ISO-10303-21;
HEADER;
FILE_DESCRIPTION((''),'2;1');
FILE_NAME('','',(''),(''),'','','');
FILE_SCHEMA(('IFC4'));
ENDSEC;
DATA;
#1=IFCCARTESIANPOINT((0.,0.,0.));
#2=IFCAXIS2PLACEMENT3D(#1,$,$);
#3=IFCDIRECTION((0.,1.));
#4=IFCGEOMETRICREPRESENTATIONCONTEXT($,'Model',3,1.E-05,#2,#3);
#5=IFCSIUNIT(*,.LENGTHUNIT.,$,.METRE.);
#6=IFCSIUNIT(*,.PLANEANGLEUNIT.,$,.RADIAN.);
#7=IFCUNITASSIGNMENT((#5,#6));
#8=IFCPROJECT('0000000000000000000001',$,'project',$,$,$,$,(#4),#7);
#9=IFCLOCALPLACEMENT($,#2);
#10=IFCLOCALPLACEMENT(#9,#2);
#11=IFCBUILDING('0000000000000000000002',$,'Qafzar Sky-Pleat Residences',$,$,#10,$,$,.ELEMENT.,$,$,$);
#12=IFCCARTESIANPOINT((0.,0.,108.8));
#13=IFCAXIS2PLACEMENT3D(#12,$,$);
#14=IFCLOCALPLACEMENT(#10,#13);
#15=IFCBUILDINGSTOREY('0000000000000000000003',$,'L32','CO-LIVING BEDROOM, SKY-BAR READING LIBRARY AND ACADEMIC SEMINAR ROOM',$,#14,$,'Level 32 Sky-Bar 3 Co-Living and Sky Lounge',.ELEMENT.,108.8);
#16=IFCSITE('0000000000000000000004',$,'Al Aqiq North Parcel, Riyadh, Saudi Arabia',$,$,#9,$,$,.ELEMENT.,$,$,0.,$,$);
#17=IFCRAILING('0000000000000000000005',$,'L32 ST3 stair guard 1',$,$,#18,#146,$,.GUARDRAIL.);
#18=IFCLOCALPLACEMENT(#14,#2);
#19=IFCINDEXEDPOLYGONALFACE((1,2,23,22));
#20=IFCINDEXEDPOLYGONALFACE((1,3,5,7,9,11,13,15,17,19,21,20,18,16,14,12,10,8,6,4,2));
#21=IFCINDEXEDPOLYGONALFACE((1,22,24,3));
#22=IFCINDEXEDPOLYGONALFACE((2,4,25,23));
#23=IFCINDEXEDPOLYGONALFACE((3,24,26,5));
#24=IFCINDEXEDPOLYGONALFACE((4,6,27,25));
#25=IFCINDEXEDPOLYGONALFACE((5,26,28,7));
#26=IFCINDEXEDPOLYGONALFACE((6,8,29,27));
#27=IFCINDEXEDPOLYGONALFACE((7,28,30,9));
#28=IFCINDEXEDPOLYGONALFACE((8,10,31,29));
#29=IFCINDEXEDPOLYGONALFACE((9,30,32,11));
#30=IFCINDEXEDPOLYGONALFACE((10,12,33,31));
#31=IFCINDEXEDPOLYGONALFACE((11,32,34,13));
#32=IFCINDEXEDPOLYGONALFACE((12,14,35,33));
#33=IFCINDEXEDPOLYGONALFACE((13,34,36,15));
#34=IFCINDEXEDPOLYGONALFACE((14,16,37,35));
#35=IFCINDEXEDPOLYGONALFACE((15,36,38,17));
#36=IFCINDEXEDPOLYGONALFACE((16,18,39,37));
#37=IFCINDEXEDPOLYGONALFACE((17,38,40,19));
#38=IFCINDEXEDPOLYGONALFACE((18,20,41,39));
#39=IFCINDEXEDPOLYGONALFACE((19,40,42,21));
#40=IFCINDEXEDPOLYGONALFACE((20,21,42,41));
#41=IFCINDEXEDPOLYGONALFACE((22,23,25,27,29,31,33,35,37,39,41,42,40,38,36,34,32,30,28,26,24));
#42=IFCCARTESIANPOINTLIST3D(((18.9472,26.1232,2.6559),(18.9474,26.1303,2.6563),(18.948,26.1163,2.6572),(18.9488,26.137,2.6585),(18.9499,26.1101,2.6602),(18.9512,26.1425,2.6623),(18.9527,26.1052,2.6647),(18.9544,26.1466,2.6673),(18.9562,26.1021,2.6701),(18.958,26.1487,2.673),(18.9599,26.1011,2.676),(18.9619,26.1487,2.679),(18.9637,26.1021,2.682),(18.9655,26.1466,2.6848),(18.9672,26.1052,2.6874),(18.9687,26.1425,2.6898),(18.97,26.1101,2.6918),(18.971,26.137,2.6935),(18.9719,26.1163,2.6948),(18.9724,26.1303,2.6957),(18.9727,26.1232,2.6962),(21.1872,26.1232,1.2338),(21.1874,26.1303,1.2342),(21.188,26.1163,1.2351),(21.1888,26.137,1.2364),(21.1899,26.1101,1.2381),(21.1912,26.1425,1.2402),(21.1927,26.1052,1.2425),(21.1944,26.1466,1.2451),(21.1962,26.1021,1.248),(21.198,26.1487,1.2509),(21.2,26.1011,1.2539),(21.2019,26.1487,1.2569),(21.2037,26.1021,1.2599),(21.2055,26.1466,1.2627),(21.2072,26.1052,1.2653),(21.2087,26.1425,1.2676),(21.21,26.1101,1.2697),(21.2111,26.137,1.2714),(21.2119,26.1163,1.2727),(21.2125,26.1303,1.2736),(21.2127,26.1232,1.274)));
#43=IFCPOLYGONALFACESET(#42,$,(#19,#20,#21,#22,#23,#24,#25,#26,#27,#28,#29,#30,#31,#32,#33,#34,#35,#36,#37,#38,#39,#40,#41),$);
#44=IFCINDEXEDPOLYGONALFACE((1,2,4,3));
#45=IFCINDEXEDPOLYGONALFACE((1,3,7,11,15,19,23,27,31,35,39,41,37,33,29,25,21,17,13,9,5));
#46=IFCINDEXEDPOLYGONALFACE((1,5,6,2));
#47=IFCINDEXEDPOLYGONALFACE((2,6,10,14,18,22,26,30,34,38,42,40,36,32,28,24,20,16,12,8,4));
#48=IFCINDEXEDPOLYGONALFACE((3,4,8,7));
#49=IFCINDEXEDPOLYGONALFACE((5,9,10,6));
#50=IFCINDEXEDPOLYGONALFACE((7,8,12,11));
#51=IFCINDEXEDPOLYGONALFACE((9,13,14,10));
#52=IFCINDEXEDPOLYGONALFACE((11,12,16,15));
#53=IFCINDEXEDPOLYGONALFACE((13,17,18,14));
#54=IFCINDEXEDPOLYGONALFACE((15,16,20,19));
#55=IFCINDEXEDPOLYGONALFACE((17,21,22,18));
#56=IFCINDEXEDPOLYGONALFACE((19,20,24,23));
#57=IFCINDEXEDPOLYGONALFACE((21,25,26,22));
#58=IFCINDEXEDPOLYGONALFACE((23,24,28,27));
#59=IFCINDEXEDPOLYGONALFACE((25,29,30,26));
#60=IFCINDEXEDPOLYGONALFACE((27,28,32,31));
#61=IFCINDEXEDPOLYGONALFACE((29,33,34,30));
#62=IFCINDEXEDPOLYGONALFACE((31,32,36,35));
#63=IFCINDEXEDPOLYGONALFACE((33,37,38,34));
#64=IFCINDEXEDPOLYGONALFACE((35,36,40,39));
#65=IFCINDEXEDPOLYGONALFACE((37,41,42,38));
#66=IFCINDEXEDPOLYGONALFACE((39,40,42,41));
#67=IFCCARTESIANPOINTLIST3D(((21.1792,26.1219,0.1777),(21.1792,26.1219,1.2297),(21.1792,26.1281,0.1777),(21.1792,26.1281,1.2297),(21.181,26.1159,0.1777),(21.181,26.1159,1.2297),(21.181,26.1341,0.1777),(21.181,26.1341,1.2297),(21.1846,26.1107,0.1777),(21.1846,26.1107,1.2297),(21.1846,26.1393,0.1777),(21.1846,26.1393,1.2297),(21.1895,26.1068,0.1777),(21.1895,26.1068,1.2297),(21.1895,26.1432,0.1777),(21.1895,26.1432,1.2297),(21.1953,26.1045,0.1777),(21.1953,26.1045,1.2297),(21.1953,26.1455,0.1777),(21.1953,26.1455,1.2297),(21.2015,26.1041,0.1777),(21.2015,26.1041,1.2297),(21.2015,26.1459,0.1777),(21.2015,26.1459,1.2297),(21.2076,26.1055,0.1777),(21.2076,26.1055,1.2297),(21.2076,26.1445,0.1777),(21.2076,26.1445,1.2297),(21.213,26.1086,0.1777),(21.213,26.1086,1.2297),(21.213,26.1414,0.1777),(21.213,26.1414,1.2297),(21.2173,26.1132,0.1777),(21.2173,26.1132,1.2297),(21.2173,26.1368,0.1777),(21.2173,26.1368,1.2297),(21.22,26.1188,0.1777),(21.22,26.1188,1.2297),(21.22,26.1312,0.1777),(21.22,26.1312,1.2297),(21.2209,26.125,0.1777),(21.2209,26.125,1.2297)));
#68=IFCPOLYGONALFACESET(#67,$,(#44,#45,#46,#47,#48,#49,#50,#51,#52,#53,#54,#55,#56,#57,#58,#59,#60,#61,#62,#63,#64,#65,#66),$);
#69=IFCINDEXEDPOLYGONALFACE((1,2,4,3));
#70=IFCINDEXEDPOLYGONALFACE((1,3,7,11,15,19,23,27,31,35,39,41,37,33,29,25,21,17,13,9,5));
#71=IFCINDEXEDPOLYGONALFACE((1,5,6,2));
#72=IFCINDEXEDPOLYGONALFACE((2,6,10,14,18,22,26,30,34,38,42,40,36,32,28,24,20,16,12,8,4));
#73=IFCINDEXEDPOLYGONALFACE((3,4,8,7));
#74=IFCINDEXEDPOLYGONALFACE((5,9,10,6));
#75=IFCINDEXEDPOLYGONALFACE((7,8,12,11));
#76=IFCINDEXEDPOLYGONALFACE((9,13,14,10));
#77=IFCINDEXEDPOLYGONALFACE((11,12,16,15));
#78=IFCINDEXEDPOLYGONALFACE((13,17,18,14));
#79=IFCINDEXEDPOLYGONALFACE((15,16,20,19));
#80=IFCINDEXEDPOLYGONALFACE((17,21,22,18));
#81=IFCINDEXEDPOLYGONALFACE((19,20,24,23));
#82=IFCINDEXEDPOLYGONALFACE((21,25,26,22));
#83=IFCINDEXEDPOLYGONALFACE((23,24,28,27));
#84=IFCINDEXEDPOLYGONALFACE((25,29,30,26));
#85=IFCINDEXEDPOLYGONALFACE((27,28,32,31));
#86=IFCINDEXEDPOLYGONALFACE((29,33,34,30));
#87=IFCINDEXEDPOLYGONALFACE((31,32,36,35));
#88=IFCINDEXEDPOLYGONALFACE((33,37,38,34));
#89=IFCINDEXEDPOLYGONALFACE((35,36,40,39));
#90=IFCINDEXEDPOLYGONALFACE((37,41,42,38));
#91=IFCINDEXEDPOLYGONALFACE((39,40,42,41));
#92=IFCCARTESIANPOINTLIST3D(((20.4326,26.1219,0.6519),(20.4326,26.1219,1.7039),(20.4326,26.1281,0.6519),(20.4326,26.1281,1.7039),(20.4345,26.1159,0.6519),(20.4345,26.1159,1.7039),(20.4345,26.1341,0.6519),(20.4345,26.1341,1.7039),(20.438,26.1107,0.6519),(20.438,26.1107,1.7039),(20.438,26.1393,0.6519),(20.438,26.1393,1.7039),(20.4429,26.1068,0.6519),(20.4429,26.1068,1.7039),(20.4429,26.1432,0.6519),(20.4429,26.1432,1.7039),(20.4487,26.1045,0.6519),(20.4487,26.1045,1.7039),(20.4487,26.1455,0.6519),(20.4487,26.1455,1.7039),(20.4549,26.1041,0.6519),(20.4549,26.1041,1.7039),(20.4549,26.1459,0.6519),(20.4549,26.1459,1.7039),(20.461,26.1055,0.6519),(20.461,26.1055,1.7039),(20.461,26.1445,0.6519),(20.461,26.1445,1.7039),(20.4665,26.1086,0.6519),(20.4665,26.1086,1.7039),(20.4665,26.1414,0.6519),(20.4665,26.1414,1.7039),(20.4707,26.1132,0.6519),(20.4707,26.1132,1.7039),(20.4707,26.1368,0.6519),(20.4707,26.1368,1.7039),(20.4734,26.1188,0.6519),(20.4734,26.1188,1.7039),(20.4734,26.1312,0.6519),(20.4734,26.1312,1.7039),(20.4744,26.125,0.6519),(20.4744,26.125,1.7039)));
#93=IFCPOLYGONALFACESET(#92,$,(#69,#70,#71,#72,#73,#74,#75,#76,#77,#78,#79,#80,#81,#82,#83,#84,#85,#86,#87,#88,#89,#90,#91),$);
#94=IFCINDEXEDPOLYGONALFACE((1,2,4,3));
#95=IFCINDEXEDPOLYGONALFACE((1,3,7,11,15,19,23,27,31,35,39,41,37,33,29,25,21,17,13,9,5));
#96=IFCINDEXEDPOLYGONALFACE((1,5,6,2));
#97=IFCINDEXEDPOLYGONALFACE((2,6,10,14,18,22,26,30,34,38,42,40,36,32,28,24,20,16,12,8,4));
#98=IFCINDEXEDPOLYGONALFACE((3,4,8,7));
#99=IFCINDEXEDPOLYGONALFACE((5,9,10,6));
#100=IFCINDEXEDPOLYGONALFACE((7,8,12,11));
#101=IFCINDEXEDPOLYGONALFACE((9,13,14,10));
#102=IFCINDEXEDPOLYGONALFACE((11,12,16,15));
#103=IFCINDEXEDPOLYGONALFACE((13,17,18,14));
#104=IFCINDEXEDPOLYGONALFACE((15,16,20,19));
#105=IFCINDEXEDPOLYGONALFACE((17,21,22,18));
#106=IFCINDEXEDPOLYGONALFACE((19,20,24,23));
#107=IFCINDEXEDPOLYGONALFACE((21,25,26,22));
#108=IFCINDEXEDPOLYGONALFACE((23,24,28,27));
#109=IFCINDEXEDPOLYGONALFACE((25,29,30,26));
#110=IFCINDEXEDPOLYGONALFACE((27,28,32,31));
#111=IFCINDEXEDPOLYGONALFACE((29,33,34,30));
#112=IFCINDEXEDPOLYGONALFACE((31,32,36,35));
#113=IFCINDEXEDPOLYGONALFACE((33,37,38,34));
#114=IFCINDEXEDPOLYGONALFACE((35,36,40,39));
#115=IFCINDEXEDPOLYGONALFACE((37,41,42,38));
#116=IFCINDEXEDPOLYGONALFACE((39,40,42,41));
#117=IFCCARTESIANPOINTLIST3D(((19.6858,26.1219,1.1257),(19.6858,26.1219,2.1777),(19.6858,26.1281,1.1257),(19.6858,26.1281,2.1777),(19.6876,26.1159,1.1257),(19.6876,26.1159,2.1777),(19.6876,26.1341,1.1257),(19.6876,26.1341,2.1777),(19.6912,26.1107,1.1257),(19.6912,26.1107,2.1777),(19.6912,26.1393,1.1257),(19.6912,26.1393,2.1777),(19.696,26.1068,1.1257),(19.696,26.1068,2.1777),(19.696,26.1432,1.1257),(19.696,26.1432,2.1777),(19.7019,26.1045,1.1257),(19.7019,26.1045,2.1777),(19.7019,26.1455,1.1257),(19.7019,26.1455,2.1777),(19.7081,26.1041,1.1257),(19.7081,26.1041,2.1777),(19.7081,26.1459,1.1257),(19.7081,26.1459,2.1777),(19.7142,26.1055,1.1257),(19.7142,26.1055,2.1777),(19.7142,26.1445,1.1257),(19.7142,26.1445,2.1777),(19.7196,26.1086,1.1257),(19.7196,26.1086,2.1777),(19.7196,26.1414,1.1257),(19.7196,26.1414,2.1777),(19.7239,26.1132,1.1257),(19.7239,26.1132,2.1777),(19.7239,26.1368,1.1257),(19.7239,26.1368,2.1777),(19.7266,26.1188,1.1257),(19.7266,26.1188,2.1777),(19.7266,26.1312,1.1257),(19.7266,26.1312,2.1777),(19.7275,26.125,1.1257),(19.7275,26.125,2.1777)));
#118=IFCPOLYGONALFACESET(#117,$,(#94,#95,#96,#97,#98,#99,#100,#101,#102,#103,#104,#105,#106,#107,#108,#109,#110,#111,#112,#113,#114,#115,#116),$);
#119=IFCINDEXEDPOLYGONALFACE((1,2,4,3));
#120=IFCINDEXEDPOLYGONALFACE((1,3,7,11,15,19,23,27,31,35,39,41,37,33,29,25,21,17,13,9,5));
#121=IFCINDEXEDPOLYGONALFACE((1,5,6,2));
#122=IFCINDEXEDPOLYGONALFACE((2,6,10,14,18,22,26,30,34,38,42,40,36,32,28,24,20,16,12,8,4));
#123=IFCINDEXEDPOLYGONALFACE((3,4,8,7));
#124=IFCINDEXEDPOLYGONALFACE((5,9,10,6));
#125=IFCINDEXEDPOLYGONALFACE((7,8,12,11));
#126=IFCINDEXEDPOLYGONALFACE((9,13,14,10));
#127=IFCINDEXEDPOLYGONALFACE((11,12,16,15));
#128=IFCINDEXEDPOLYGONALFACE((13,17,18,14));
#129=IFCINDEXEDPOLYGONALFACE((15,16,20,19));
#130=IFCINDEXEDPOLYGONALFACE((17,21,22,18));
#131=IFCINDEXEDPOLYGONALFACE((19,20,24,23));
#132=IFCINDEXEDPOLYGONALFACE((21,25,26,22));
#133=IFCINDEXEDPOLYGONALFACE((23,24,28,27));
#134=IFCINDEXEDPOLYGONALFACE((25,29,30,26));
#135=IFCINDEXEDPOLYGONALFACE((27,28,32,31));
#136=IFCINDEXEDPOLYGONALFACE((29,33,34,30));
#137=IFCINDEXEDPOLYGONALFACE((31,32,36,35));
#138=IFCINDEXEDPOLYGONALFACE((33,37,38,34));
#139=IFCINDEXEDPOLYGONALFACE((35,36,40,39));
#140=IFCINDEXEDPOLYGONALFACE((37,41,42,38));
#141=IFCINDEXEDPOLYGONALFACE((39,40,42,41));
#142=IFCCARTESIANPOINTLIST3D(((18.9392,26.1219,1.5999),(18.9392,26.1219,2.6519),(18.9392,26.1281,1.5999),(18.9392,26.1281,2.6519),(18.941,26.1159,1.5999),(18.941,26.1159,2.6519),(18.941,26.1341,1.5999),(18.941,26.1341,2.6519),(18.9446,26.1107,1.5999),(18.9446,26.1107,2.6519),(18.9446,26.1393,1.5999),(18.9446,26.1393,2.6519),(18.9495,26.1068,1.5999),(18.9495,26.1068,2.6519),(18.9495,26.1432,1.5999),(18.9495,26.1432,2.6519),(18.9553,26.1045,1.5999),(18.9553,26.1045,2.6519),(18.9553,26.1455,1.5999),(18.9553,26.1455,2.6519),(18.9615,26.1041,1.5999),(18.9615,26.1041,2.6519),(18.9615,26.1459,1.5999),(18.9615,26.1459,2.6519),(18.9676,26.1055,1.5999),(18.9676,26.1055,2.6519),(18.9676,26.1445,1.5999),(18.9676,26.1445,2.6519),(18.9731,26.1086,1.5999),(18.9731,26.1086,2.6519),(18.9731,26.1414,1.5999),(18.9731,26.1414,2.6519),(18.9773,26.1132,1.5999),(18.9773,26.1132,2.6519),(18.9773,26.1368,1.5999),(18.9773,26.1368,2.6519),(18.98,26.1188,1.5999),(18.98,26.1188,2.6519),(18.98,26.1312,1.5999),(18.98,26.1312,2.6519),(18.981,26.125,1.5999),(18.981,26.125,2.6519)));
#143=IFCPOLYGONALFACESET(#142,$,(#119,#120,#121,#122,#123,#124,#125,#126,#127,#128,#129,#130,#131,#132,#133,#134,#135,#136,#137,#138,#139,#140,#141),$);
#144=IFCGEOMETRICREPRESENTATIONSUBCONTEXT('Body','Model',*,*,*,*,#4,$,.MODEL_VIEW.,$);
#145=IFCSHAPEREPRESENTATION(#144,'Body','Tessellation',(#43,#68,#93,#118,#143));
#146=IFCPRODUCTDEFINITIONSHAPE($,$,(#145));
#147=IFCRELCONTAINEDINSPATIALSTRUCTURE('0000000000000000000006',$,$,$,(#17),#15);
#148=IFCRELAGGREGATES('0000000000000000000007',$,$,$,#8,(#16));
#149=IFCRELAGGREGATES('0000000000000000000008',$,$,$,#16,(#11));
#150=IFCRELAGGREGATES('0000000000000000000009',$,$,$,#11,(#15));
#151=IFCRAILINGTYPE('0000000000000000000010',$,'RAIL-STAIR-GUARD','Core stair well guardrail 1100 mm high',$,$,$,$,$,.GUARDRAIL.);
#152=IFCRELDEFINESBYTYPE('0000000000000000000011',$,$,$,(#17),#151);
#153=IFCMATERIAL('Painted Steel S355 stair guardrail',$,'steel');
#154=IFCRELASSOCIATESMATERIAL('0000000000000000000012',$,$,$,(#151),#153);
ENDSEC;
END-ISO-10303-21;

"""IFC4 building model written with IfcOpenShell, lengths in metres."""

from ifc_helpers import new_model, si_unit, direction, frame, origin, origin_2d, place, context, subcontext, project, spatial, circle, extrude, source, transform, mapped, material, type_object, element, save


model = new_model("IFC4")

# Units and contexts
model_context = context("Model", 3, precision=1e-05, world=origin(), true_north=direction((0.0, 1.0)))
body_context = subcontext(model_context, "Body", "Model", "MODEL_VIEW")
ifc_project = project(units=[si_unit("LENGTHUNIT", "METRE"), si_unit("PLANEANGLEUNIT", "RADIAN")], contexts=[model_context])

# Site, building, storey
site_placement = place(None, origin())
site = spatial("IfcSite", under=ifc_project, at=site_placement, Name="Al Aqiq North Parcel, Riyadh, Saudi Arabia", CompositionType="ELEMENT", RefElevation=0.0)
building_placement = place(site_placement, origin())
building = spatial("IfcBuilding", under=site, at=building_placement, Name="Qafzar Sky-Pleat Residences", CompositionType="ELEMENT")
storey_placement = place(building_placement, frame((0.0, 0.0, 108.8)))
storey = spatial("IfcBuildingStorey", under=building, at=storey_placement, Name="L32", Description="CO-LIVING BEDROOM, SKY-BAR READING LIBRARY AND ACADEMIC SEMINAR ROOM", LongName="Level 32 Sky-Bar 3 Co-Living and Sky Lounge", CompositionType="ELEMENT", Elevation=108.8)

# Railing
ifc_material_1 = material(Name="Painted Steel S355 stair guardrail", Category="steel")
railing_type_1 = type_object("IfcRailingType", Name="RAIL-STAIR-GUARD", Description="Core stair well guardrail 1100 mm high", PredefinedType="GUARDRAIL", material=ifc_material_1)
shared_shape_1 = source(origin(), body_context, "Body", "SweptSolid", [
    extrude(circle(Radius=0.0239, at=origin_2d()), frame((0.0, 0.0, 1.0762), z_axis=(-0.844229, 0.0, 0.535982), x_axis=(0.0, -1.0, 0.0)), (0.0, 0.0, 1.0), 2.6533),
    extrude(circle(Radius=0.021, at=origin_2d()), origin(), (0.0, 0.0, 1.0), 1.052),
    extrude(circle(Radius=0.021, at=origin_2d()), frame((-0.7466, 0.0, 0.4741)), (0.0, 0.0, 1.0), 1.052),
    extrude(circle(Radius=0.021, at=origin_2d()), frame((-1.4934, 0.0, 0.948)), (0.0, 0.0, 1.0), 1.052),
    extrude(circle(Radius=0.021, at=origin_2d()), frame((-2.24, 0.0, 1.4221)), (0.0, 0.0, 1.0), 1.052),
])
railing_1_placement = place(storey_placement, frame((21.2, 26.125, 0.1777)))
element("IfcRailing", 1, at=railing_1_placement, inside=storey, type_object=railing_type_1, Name="L32 ST3 stair guard 1", PredefinedType="GUARDRAIL", context=body_context, shape_type="MappedRepresentation", body=[
    mapped(shared_shape_1, transform((0.0, 0.0, 0.0), x_axis=(1.0, 0.0, 0.0), y_axis=(0.0, 1.0, 0.0), z_axis=(0.0, 0.0, 1.0), scale=1.0)),
])

save(model, "model.ifc")
